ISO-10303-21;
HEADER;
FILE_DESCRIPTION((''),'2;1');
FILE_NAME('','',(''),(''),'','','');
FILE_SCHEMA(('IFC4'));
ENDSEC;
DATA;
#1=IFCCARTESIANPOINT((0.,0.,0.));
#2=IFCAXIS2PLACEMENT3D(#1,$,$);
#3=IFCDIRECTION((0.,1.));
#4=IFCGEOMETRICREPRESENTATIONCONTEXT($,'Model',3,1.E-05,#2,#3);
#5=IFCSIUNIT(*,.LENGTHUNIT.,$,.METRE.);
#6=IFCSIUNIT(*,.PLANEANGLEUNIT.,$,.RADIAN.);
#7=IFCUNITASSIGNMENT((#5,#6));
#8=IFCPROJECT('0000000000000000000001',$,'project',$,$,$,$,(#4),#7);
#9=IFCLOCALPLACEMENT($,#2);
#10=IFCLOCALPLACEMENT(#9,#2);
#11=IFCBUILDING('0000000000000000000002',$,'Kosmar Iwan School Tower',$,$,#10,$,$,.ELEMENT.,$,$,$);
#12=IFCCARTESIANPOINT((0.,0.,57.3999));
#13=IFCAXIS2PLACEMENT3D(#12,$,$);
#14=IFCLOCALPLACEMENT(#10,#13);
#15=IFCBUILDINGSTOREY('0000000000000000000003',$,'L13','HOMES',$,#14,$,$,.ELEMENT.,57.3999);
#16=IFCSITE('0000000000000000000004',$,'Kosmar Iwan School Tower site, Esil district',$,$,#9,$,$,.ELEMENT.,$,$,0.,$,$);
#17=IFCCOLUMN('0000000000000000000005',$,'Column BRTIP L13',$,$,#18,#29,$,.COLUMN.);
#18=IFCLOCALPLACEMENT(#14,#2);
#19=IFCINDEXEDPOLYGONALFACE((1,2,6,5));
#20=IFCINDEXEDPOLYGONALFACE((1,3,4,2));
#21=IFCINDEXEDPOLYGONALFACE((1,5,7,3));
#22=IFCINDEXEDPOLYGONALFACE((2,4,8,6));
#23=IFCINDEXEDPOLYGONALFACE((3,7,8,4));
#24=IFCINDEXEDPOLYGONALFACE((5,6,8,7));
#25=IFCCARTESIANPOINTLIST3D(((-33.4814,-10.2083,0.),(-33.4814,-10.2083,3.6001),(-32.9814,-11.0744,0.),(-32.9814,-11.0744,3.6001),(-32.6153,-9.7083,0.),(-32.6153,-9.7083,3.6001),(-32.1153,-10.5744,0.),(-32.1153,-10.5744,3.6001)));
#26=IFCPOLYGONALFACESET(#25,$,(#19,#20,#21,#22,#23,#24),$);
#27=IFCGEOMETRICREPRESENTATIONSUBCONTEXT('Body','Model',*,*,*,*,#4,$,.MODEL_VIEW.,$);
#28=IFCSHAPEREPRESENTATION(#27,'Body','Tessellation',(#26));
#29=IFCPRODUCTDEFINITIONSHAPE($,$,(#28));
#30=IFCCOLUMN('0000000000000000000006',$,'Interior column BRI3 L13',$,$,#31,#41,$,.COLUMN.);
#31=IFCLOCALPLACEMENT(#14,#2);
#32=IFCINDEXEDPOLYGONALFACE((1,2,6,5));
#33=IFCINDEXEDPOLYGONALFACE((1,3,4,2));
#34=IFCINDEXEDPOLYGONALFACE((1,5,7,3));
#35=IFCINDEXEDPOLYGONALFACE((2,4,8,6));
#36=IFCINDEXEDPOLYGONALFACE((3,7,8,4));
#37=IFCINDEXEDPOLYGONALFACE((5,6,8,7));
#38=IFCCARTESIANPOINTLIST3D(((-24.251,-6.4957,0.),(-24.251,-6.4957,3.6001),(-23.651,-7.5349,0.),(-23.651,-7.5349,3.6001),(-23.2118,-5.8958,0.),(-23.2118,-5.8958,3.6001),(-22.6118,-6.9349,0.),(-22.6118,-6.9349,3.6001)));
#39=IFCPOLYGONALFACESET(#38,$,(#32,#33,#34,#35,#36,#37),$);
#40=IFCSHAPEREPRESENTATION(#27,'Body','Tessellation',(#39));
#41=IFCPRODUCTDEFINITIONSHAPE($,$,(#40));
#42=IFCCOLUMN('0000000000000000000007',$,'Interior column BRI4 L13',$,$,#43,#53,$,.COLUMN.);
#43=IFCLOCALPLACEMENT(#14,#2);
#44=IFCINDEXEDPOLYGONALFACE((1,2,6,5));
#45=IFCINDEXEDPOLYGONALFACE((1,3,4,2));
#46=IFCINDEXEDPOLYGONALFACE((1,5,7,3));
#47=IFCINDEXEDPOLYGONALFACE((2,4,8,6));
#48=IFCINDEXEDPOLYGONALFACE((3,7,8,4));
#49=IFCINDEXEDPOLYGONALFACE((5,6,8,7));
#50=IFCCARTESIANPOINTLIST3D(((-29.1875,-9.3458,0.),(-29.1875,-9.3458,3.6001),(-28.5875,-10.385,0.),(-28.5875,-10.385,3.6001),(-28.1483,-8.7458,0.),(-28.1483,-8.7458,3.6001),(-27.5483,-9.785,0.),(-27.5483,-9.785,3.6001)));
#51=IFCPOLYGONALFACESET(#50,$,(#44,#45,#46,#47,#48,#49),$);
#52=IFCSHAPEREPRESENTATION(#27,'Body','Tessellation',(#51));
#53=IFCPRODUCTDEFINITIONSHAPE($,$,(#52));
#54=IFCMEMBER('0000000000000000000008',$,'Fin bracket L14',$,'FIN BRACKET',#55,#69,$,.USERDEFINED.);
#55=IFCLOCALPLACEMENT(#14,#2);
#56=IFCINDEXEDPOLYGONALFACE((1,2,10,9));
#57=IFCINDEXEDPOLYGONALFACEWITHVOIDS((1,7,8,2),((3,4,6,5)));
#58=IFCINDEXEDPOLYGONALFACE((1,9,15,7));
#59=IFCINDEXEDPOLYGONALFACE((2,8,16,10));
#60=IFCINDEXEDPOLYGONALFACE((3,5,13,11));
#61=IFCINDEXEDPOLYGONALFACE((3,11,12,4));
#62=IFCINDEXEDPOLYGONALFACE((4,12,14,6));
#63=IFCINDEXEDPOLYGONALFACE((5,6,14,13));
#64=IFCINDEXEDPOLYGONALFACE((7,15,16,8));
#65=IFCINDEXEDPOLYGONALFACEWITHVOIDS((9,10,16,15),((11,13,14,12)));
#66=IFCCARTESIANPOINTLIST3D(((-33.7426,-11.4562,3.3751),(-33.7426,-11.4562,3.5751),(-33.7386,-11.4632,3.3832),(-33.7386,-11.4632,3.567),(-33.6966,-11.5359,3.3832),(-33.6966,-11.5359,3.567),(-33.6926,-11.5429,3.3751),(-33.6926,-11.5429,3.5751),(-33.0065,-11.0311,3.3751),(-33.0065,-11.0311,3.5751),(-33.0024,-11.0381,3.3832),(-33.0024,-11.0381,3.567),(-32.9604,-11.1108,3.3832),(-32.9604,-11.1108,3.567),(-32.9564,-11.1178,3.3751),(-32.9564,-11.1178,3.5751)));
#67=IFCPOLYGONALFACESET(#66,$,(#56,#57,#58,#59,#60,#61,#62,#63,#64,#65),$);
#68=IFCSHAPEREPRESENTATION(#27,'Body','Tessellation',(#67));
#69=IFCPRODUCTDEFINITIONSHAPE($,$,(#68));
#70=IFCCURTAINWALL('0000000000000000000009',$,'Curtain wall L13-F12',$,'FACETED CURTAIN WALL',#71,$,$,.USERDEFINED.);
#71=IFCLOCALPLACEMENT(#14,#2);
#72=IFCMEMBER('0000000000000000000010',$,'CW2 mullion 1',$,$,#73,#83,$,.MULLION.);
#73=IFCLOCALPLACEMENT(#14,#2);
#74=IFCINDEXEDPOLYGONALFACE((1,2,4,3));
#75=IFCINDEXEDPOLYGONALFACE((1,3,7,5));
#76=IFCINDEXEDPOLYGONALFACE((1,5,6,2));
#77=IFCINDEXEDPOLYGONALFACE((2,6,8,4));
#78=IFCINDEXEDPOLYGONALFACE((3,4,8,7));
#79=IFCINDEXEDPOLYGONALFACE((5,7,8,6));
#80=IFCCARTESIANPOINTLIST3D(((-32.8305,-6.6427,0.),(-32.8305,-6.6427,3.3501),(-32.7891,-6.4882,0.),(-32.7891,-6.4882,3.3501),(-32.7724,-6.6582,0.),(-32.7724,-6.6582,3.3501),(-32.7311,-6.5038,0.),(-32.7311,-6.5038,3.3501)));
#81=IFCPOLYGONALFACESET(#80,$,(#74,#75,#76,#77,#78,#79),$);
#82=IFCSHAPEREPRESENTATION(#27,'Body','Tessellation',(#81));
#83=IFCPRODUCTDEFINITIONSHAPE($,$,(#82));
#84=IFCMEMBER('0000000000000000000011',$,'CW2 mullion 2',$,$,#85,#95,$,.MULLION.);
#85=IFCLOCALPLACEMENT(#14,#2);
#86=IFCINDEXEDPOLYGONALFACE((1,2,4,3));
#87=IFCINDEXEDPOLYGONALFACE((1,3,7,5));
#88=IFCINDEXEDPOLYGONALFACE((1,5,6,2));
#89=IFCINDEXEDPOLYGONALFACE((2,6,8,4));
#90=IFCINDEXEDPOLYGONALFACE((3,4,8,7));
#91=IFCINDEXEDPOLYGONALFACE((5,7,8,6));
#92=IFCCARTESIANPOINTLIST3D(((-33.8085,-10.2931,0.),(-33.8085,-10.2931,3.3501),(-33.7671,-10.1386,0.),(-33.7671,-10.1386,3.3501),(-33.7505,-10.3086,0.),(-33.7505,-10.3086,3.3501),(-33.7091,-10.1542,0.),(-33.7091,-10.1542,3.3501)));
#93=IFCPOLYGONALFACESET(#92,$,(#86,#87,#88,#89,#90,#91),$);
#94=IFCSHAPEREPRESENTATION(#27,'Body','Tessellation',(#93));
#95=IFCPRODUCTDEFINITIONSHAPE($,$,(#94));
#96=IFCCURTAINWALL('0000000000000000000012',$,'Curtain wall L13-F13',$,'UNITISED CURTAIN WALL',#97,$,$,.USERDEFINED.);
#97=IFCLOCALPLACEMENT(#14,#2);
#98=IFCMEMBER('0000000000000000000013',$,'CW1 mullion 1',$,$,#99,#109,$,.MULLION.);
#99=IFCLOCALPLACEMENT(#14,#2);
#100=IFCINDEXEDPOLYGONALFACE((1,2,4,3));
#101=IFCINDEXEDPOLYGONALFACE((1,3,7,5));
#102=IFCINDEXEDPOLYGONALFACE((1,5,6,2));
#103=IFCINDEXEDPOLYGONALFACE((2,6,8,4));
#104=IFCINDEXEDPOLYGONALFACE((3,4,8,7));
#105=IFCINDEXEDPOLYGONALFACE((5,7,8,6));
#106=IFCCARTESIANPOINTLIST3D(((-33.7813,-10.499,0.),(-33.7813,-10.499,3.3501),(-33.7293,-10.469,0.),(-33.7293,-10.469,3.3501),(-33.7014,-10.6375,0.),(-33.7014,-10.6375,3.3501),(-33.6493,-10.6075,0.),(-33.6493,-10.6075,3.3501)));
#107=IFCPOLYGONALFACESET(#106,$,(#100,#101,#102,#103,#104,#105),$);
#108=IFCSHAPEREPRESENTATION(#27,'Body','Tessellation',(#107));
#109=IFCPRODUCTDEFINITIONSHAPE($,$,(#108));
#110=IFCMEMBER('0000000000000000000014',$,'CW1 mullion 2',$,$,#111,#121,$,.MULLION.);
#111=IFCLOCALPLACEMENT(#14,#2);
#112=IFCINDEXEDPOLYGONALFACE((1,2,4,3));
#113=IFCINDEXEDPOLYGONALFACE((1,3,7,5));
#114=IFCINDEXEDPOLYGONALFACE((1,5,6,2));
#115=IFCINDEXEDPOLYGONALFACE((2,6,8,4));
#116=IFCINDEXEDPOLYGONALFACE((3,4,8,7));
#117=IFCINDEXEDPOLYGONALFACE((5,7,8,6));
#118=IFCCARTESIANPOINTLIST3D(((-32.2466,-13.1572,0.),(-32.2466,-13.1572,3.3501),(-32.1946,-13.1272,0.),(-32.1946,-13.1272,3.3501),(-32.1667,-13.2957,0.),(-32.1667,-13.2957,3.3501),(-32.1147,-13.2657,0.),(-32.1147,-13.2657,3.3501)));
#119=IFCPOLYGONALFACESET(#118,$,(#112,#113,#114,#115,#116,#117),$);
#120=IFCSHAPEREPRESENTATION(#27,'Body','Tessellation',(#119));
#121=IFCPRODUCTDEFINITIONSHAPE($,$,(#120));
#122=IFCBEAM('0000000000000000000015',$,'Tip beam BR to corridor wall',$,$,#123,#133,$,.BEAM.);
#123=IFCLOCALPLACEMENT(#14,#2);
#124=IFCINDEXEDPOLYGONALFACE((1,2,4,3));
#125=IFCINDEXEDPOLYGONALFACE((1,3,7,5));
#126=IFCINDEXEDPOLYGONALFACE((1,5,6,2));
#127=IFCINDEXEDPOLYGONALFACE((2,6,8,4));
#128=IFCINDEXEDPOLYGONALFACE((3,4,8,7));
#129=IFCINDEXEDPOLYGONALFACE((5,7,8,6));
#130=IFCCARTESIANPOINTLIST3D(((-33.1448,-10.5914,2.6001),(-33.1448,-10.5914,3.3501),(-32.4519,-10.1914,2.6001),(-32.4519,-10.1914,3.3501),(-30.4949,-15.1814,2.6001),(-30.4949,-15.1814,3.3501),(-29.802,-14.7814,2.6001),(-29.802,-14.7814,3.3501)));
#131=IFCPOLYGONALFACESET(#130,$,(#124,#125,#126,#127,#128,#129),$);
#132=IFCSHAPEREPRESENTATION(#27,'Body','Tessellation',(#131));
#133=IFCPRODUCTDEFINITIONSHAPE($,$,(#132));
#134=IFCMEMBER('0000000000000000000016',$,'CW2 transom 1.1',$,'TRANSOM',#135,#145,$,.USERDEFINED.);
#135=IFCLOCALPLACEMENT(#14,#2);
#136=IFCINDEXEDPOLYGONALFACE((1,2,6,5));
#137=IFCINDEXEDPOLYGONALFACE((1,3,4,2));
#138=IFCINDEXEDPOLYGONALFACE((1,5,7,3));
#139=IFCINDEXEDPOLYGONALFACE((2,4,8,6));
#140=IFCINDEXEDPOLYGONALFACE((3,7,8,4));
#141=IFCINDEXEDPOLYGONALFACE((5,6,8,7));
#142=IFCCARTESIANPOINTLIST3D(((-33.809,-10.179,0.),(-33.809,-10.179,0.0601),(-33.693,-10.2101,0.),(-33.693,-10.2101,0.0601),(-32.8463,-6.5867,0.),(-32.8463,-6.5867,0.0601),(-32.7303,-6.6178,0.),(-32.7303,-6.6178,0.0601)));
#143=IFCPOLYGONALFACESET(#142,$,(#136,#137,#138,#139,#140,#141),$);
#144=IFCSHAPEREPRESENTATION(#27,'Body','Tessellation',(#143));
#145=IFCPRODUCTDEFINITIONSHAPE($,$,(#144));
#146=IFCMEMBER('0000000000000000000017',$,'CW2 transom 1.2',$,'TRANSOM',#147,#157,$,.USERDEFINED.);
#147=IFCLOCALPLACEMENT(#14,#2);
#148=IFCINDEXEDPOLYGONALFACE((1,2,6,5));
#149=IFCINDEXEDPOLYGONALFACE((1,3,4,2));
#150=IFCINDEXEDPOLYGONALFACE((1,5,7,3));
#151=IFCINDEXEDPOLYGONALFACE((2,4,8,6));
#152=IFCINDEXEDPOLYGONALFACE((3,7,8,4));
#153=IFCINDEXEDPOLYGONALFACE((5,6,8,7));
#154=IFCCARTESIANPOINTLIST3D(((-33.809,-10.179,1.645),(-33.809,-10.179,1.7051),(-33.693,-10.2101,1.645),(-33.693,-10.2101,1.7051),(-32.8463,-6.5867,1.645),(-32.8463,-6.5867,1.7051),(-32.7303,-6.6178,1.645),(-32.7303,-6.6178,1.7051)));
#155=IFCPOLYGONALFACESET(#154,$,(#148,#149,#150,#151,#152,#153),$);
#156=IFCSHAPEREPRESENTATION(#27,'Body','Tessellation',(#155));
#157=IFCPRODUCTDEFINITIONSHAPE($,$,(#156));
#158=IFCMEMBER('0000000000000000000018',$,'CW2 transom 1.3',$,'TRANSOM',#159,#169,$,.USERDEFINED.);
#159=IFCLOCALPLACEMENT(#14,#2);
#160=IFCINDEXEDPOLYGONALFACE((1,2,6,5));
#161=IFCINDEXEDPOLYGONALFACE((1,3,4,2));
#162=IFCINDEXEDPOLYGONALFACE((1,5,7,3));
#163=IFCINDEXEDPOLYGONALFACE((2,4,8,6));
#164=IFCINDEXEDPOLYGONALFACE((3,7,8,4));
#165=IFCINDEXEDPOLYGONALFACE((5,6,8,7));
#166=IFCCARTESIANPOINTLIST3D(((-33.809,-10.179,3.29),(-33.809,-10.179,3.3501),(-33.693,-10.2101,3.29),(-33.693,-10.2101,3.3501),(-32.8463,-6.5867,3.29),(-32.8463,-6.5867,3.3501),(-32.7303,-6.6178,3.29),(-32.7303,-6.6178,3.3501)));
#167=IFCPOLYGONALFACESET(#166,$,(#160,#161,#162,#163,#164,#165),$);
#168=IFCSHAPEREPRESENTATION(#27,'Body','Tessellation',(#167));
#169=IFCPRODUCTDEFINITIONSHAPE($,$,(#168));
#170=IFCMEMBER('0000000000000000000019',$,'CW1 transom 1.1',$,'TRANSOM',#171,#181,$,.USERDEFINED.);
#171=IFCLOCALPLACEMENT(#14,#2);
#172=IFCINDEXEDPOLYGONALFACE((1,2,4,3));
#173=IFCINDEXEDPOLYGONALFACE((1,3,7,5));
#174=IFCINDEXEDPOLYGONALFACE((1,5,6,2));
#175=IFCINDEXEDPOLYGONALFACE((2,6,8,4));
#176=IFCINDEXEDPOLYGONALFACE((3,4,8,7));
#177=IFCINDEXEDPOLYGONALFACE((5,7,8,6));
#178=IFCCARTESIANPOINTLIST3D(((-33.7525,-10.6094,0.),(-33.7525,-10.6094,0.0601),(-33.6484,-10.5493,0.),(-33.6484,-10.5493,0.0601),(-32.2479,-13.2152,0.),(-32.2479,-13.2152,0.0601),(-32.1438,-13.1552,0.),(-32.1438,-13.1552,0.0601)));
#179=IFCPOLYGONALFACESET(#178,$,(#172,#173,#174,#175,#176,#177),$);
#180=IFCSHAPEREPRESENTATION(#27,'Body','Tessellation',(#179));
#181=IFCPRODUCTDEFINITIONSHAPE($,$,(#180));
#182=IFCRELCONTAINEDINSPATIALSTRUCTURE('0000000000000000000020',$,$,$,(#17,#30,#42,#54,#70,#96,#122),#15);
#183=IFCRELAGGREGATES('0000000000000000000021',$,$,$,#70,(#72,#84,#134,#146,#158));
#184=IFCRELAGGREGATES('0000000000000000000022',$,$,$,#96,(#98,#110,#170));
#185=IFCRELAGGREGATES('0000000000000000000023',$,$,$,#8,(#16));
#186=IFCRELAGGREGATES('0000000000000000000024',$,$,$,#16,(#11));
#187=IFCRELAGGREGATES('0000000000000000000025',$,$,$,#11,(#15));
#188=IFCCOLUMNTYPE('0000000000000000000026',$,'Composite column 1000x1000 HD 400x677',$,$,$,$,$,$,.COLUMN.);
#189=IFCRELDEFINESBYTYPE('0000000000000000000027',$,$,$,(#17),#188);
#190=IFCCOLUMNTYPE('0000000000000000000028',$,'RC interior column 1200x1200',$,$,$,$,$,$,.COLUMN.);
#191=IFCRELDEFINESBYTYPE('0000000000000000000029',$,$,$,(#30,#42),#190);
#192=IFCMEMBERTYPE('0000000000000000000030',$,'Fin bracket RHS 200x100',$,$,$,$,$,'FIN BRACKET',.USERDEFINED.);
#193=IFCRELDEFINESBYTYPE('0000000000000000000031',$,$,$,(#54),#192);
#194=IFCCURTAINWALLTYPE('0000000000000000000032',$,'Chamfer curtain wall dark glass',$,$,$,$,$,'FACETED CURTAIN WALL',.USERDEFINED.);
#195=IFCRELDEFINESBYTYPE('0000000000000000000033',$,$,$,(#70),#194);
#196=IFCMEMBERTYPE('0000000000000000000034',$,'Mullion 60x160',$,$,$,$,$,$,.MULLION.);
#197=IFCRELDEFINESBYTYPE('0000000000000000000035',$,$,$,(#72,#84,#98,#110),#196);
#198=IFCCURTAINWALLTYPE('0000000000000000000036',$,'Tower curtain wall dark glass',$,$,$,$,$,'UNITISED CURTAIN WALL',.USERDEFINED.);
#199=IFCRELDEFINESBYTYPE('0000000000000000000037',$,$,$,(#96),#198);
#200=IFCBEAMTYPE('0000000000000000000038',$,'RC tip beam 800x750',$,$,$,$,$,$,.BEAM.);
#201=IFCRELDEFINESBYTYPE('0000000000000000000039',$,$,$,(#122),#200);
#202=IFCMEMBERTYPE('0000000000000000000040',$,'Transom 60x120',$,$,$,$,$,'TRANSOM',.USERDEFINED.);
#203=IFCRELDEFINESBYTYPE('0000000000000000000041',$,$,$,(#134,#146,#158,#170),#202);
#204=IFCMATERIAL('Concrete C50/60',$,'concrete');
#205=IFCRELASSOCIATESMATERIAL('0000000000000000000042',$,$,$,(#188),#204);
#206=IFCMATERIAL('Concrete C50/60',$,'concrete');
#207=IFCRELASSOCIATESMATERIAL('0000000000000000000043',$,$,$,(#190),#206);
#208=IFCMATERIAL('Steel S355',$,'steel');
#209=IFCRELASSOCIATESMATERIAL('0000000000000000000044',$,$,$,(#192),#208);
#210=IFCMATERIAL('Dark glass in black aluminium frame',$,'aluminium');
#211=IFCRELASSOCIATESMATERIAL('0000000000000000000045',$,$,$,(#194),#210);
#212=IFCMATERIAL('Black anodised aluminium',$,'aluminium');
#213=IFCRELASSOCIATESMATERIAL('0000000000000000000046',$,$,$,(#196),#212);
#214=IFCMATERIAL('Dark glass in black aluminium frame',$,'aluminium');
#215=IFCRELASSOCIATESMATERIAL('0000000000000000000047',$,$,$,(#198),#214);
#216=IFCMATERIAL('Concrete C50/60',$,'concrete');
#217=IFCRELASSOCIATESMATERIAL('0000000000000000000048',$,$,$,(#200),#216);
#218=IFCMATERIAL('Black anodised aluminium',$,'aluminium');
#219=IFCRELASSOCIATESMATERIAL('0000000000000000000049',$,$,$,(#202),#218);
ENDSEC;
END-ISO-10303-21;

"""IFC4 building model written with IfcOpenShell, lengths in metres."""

from ifc_helpers import new_model, si_unit, direction, frame, origin, origin_2d, place, context, subcontext, project, spatial, rectangle, hollow_rectangle, extrude, material, material_profile, profile_set, type_object, element, aggregate, save


model = new_model("IFC4")

# Units and contexts
model_context = context("Model", 3, precision=1e-05, world=origin(), true_north=direction((0.0, 1.0)))
body_context = subcontext(model_context, "Body", "Model", "MODEL_VIEW")
ifc_project = project(units=[si_unit("LENGTHUNIT", "METRE"), si_unit("PLANEANGLEUNIT", "RADIAN")], contexts=[model_context])

# Site, building, storey
site_placement = place(None, origin())
site = spatial("IfcSite", under=ifc_project, at=site_placement, Name="Kosmar Iwan School Tower site, Esil district", CompositionType="ELEMENT", RefElevation=0.0)
building_placement = place(site_placement, origin())
building = spatial("IfcBuilding", under=site, at=building_placement, Name="Kosmar Iwan School Tower", CompositionType="ELEMENT")
storey_placement = place(building_placement, frame((0.0, 0.0, 57.3999)))
storey = spatial("IfcBuildingStorey", under=building, at=storey_placement, Name="L13", Description="HOMES", CompositionType="ELEMENT", Elevation=57.3999)

# Columns
ifc_material_1 = material(Name="Concrete C50/60", Category="concrete")
ifc_material_profile_1 = material_profile(ifc_material_1, rectangle(XDim=1.0, YDim=1.0, at=origin_2d()), Name="RC 1000x1000 + HD 400x677")
ifc_profile_set_1 = profile_set([ifc_material_profile_1], Name="Concrete C50/60")
column_type_1 = type_object("IfcColumnType", Name="Composite column 1000x1000 HD 400x677", PredefinedType="COLUMN", material=ifc_profile_set_1)
column_placement = place(storey_placement, frame((-32.7983, -10.3914, 0.0), z_axis=(0.0, 0.0, 1.0), x_axis=(-0.866025, -0.5, 0.0)))
element("IfcColumn", 1, at=column_placement, inside=storey, type_object=column_type_1, Name="Column BRTIP L13", PredefinedType="COLUMN", context=body_context, shape_type="SweptSolid", body=[
    extrude(rectangle(XDim=1.0, YDim=1.0, at=origin_2d()), origin(), (0.0, 0.0, 1.0), 3.6001),
])
ifc_material_2 = material(Name="Concrete C50/60", Category="concrete")
ifc_material_profile_2 = material_profile(ifc_material_2, rectangle(XDim=1.2, YDim=1.2, at=origin_2d()), Name="RC 1200x1200")
ifc_profile_set_2 = profile_set([ifc_material_profile_2], Name="Concrete C50/60")
column_type_2 = type_object("IfcColumnType", Name="RC interior column 1200x1200", PredefinedType="COLUMN", material=ifc_profile_set_2)
for number, where, z_axis, x_axis, name in (
    (2, (-23.4314, -6.7153, 0.0), (0.0, 0.0, 1.0), (-0.866025, -0.5, 0.0), "Interior column BRI3 L13"),
    (3, (-28.3679, -9.5654, 0.0), (0.0, 0.0, 1.0), (-0.866025, -0.5, 0.0), "Interior column BRI4 L13"),
):
    element("IfcColumn", number, at=place(storey_placement, frame(where, z_axis=z_axis, x_axis=x_axis)), inside=storey, type_object=column_type_2, Name=name, PredefinedType="COLUMN", context=body_context, shape_type="SweptSolid", body=[
        extrude(rectangle(XDim=1.2, YDim=1.2, at=origin_2d()), origin(), (0.0, 0.0, 1.0), 3.6001),
    ])

# Member
ifc_material_3 = material(Name="Steel S355", Category="steel")
ifc_material_profile_3 = material_profile(ifc_material_3, hollow_rectangle(XDim=0.1001, YDim=0.2, WallThickness=0.0081, at=origin_2d()), Name="RHS 200x100x8")
ifc_profile_set_3 = profile_set([ifc_material_profile_3], Name="Steel S355")
member_type_1 = type_object("IfcMemberType", Name="Fin bracket RHS 200x100", ElementType="FIN BRACKET", PredefinedType="USERDEFINED", material=ifc_profile_set_3)
member_1_placement = place(storey_placement, frame((-32.9814, -11.0745, 3.4751), z_axis=(-0.865989, -0.500062, 0.0), x_axis=(0.500062, -0.865989, 0.0)))
element("IfcMember", 4, at=member_1_placement, inside=storey, type_object=member_type_1, Name="Fin bracket L14", ObjectType="FIN BRACKET", PredefinedType="USERDEFINED", context=body_context, shape_type="SweptSolid", body=[
    extrude(hollow_rectangle(XDim=0.1001, YDim=0.2, WallThickness=0.0081, at=origin_2d()), origin(), (0.0, 0.0, 1.0), 0.8501),
])

# Curtain walls, members
ifc_material_4 = material(Name="Dark glass in black aluminium frame", Category="aluminium")
curtain_wall_type_1 = type_object("IfcCurtainWallType", Name="Chamfer curtain wall dark glass", ElementType="FACETED CURTAIN WALL", PredefinedType="USERDEFINED", material=ifc_material_4)
curtain_wall_1_placement = place(storey_placement, origin())
curtain_wall_1 = element("IfcCurtainWall", 5, at=curtain_wall_1_placement, inside=storey, type_object=curtain_wall_type_1, Name="Curtain wall L13-F12", ObjectType="FACETED CURTAIN WALL", PredefinedType="USERDEFINED")
ifc_material_5 = material(Name="Black anodised aluminium", Category="aluminium")
ifc_material_profile_4 = material_profile(ifc_material_5, rectangle(XDim=0.0601, YDim=0.1599, at=origin_2d()), Name="MULLION 60x160")
ifc_profile_set_4 = profile_set([ifc_material_profile_4], Name="Black anodised aluminium")
member_type_2 = type_object("IfcMemberType", Name="Mullion 60x160", PredefinedType="MULLION", material=ifc_profile_set_4)
member_2_placement = place(storey_placement, frame((-32.7808, -6.5732, 0.0), z_axis=(0.0, 0.0, 1.0), x_axis=(0.965926, -0.258819, 0.0)))
member_2 = element("IfcMember", 6, at=member_2_placement, type_object=member_type_2, Name="CW2 mullion 1", PredefinedType="MULLION", context=body_context, shape_type="SweptSolid", body=[
    extrude(rectangle(XDim=0.0601, YDim=0.1599, at=origin_2d()), origin(), (0.0, 0.0, 1.0), 3.3501),
])
member_3_placement = place(storey_placement, frame((-33.7588, -10.2236, 0.0), z_axis=(0.0, 0.0, 1.0), x_axis=(0.965926, -0.258819, 0.0)))
member_3 = element("IfcMember", 7, at=member_3_placement, type_object=member_type_2, Name="CW2 mullion 2", PredefinedType="MULLION", context=body_context, shape_type="SweptSolid", body=[
    extrude(rectangle(XDim=0.0601, YDim=0.1599, at=origin_2d()), origin(), (0.0, 0.0, 1.0), 3.3501),
])
ifc_material_6 = material(Name="Dark glass in black aluminium frame", Category="aluminium")
curtain_wall_type_2 = type_object("IfcCurtainWallType", Name="Tower curtain wall dark glass", ElementType="UNITISED CURTAIN WALL", PredefinedType="USERDEFINED", material=ifc_material_6)
curtain_wall_2_placement = place(storey_placement, origin())
curtain_wall_2 = element("IfcCurtainWall", 8, at=curtain_wall_2_placement, inside=storey, type_object=curtain_wall_type_2, Name="Curtain wall L13-F13", ObjectType="UNITISED CURTAIN WALL", PredefinedType="USERDEFINED")
member_4_placement = place(storey_placement, frame((-33.7153, -10.5532, 0.0), z_axis=(0.0, 0.0, 1.0), x_axis=(0.866025, 0.5, 0.0)))
member_4 = element("IfcMember", 9, at=member_4_placement, type_object=member_type_2, Name="CW1 mullion 1", PredefinedType="MULLION", context=body_context, shape_type="SweptSolid", body=[
    extrude(rectangle(XDim=0.0601, YDim=0.1599, at=origin_2d()), origin(), (0.0, 0.0, 1.0), 3.3501),
])
member_5_placement = place(storey_placement, frame((-32.1807, -13.2114, 0.0), z_axis=(0.0, 0.0, 1.0), x_axis=(0.866025, 0.5, 0.0)))
member_5 = element("IfcMember", 10, at=member_5_placement, type_object=member_type_2, Name="CW1 mullion 2", PredefinedType="MULLION", context=body_context, shape_type="SweptSolid", body=[
    extrude(rectangle(XDim=0.0601, YDim=0.1599, at=origin_2d()), origin(), (0.0, 0.0, 1.0), 3.3501),
])

# Beam
ifc_material_7 = material(Name="Concrete C50/60", Category="concrete")
ifc_material_profile_5 = material_profile(ifc_material_7, rectangle(XDim=0.8, YDim=0.75, at=origin_2d()), Name="RC 800x750")
ifc_profile_set_5 = profile_set([ifc_material_profile_5], Name="Concrete C50/60")
beam_type = type_object("IfcBeamType", Name="RC tip beam 800x750", PredefinedType="BEAM", material=ifc_profile_set_5)
beam_placement = place(storey_placement, frame((-32.7983, -10.3914, 2.9751), z_axis=(0.499974, -0.866041, 0.0), x_axis=(0.866041, 0.499974, 0.0)))
element("IfcBeam", 11, at=beam_placement, inside=storey, type_object=beam_type, Name="Tip beam BR to corridor wall", PredefinedType="BEAM", context=body_context, shape_type="SweptSolid", body=[
    extrude(rectangle(XDim=0.8, YDim=0.75, at=origin_2d()), origin(), (0.0, 0.0, 1.0), 5.3),
])

# Members
ifc_material_8 = material(Name="Black anodised aluminium", Category="aluminium")
ifc_material_profile_6 = material_profile(ifc_material_8, rectangle(XDim=0.1201, YDim=0.0601, at=origin_2d()), Name="TRANSOM 60x120")
ifc_profile_set_6 = profile_set([ifc_material_profile_6], Name="Black anodised aluminium")
member_type_3 = type_object("IfcMemberType", Name="Transom 60x120", ElementType="TRANSOM", PredefinedType="USERDEFINED", material=ifc_profile_set_6)
member_6_placement = place(storey_placement, frame((-32.7883, -6.6023, 0.03), z_axis=(-0.258843, -0.965919, 0.0), x_axis=(0.965919, -0.258843, 0.0)))
member_6 = element("IfcMember", 12, at=member_6_placement, type_object=member_type_3, Name="CW2 transom 1.1", ObjectType="TRANSOM", PredefinedType="USERDEFINED", context=body_context, shape_type="SweptSolid", body=[
    extrude(rectangle(XDim=0.1201, YDim=0.0601, at=origin_2d()), origin(), (0.0, 0.0, 1.0), 3.719),
])
member_7_placement = place(storey_placement, frame((-32.7883, -6.6023, 1.675), z_axis=(-0.258843, -0.965919, 0.0), x_axis=(0.965919, -0.258843, 0.0)))
member_7 = element("IfcMember", 13, at=member_7_placement, type_object=member_type_3, Name="CW2 transom 1.2", ObjectType="TRANSOM", PredefinedType="USERDEFINED", context=body_context, shape_type="SweptSolid", body=[
    extrude(rectangle(XDim=0.1201, YDim=0.0601, at=origin_2d()), origin(), (0.0, 0.0, 1.0), 3.719),
])
member_8_placement = place(storey_placement, frame((-32.7883, -6.6023, 3.3201), z_axis=(-0.258843, -0.965919, 0.0), x_axis=(0.965919, -0.258843, 0.0)))
member_8 = element("IfcMember", 14, at=member_8_placement, type_object=member_type_3, Name="CW2 transom 1.3", ObjectType="TRANSOM", PredefinedType="USERDEFINED", context=body_context, shape_type="SweptSolid", body=[
    extrude(rectangle(XDim=0.1201, YDim=0.0601, at=origin_2d()), origin(), (0.0, 0.0, 1.0), 3.719),
])
member_9_placement = place(storey_placement, frame((-33.7004, -10.5793, 0.03), z_axis=(0.500022, -0.866013, 0.0), x_axis=(0.866013, 0.500022, 0.0)))
member_9 = element("IfcMember", 15, at=member_9_placement, type_object=member_type_3, Name="CW1 transom 1.1", ObjectType="TRANSOM", PredefinedType="USERDEFINED", context=body_context, shape_type="SweptSolid", body=[
    extrude(rectangle(XDim=0.1201, YDim=0.0601, at=origin_2d()), origin(), (0.0, 0.0, 1.0), 3.009),
])

aggregate(curtain_wall_1, [member_2, member_3, member_6, member_7, member_8])
aggregate(curtain_wall_2, [member_4, member_5, member_9])

save(model, "model.ifc")
